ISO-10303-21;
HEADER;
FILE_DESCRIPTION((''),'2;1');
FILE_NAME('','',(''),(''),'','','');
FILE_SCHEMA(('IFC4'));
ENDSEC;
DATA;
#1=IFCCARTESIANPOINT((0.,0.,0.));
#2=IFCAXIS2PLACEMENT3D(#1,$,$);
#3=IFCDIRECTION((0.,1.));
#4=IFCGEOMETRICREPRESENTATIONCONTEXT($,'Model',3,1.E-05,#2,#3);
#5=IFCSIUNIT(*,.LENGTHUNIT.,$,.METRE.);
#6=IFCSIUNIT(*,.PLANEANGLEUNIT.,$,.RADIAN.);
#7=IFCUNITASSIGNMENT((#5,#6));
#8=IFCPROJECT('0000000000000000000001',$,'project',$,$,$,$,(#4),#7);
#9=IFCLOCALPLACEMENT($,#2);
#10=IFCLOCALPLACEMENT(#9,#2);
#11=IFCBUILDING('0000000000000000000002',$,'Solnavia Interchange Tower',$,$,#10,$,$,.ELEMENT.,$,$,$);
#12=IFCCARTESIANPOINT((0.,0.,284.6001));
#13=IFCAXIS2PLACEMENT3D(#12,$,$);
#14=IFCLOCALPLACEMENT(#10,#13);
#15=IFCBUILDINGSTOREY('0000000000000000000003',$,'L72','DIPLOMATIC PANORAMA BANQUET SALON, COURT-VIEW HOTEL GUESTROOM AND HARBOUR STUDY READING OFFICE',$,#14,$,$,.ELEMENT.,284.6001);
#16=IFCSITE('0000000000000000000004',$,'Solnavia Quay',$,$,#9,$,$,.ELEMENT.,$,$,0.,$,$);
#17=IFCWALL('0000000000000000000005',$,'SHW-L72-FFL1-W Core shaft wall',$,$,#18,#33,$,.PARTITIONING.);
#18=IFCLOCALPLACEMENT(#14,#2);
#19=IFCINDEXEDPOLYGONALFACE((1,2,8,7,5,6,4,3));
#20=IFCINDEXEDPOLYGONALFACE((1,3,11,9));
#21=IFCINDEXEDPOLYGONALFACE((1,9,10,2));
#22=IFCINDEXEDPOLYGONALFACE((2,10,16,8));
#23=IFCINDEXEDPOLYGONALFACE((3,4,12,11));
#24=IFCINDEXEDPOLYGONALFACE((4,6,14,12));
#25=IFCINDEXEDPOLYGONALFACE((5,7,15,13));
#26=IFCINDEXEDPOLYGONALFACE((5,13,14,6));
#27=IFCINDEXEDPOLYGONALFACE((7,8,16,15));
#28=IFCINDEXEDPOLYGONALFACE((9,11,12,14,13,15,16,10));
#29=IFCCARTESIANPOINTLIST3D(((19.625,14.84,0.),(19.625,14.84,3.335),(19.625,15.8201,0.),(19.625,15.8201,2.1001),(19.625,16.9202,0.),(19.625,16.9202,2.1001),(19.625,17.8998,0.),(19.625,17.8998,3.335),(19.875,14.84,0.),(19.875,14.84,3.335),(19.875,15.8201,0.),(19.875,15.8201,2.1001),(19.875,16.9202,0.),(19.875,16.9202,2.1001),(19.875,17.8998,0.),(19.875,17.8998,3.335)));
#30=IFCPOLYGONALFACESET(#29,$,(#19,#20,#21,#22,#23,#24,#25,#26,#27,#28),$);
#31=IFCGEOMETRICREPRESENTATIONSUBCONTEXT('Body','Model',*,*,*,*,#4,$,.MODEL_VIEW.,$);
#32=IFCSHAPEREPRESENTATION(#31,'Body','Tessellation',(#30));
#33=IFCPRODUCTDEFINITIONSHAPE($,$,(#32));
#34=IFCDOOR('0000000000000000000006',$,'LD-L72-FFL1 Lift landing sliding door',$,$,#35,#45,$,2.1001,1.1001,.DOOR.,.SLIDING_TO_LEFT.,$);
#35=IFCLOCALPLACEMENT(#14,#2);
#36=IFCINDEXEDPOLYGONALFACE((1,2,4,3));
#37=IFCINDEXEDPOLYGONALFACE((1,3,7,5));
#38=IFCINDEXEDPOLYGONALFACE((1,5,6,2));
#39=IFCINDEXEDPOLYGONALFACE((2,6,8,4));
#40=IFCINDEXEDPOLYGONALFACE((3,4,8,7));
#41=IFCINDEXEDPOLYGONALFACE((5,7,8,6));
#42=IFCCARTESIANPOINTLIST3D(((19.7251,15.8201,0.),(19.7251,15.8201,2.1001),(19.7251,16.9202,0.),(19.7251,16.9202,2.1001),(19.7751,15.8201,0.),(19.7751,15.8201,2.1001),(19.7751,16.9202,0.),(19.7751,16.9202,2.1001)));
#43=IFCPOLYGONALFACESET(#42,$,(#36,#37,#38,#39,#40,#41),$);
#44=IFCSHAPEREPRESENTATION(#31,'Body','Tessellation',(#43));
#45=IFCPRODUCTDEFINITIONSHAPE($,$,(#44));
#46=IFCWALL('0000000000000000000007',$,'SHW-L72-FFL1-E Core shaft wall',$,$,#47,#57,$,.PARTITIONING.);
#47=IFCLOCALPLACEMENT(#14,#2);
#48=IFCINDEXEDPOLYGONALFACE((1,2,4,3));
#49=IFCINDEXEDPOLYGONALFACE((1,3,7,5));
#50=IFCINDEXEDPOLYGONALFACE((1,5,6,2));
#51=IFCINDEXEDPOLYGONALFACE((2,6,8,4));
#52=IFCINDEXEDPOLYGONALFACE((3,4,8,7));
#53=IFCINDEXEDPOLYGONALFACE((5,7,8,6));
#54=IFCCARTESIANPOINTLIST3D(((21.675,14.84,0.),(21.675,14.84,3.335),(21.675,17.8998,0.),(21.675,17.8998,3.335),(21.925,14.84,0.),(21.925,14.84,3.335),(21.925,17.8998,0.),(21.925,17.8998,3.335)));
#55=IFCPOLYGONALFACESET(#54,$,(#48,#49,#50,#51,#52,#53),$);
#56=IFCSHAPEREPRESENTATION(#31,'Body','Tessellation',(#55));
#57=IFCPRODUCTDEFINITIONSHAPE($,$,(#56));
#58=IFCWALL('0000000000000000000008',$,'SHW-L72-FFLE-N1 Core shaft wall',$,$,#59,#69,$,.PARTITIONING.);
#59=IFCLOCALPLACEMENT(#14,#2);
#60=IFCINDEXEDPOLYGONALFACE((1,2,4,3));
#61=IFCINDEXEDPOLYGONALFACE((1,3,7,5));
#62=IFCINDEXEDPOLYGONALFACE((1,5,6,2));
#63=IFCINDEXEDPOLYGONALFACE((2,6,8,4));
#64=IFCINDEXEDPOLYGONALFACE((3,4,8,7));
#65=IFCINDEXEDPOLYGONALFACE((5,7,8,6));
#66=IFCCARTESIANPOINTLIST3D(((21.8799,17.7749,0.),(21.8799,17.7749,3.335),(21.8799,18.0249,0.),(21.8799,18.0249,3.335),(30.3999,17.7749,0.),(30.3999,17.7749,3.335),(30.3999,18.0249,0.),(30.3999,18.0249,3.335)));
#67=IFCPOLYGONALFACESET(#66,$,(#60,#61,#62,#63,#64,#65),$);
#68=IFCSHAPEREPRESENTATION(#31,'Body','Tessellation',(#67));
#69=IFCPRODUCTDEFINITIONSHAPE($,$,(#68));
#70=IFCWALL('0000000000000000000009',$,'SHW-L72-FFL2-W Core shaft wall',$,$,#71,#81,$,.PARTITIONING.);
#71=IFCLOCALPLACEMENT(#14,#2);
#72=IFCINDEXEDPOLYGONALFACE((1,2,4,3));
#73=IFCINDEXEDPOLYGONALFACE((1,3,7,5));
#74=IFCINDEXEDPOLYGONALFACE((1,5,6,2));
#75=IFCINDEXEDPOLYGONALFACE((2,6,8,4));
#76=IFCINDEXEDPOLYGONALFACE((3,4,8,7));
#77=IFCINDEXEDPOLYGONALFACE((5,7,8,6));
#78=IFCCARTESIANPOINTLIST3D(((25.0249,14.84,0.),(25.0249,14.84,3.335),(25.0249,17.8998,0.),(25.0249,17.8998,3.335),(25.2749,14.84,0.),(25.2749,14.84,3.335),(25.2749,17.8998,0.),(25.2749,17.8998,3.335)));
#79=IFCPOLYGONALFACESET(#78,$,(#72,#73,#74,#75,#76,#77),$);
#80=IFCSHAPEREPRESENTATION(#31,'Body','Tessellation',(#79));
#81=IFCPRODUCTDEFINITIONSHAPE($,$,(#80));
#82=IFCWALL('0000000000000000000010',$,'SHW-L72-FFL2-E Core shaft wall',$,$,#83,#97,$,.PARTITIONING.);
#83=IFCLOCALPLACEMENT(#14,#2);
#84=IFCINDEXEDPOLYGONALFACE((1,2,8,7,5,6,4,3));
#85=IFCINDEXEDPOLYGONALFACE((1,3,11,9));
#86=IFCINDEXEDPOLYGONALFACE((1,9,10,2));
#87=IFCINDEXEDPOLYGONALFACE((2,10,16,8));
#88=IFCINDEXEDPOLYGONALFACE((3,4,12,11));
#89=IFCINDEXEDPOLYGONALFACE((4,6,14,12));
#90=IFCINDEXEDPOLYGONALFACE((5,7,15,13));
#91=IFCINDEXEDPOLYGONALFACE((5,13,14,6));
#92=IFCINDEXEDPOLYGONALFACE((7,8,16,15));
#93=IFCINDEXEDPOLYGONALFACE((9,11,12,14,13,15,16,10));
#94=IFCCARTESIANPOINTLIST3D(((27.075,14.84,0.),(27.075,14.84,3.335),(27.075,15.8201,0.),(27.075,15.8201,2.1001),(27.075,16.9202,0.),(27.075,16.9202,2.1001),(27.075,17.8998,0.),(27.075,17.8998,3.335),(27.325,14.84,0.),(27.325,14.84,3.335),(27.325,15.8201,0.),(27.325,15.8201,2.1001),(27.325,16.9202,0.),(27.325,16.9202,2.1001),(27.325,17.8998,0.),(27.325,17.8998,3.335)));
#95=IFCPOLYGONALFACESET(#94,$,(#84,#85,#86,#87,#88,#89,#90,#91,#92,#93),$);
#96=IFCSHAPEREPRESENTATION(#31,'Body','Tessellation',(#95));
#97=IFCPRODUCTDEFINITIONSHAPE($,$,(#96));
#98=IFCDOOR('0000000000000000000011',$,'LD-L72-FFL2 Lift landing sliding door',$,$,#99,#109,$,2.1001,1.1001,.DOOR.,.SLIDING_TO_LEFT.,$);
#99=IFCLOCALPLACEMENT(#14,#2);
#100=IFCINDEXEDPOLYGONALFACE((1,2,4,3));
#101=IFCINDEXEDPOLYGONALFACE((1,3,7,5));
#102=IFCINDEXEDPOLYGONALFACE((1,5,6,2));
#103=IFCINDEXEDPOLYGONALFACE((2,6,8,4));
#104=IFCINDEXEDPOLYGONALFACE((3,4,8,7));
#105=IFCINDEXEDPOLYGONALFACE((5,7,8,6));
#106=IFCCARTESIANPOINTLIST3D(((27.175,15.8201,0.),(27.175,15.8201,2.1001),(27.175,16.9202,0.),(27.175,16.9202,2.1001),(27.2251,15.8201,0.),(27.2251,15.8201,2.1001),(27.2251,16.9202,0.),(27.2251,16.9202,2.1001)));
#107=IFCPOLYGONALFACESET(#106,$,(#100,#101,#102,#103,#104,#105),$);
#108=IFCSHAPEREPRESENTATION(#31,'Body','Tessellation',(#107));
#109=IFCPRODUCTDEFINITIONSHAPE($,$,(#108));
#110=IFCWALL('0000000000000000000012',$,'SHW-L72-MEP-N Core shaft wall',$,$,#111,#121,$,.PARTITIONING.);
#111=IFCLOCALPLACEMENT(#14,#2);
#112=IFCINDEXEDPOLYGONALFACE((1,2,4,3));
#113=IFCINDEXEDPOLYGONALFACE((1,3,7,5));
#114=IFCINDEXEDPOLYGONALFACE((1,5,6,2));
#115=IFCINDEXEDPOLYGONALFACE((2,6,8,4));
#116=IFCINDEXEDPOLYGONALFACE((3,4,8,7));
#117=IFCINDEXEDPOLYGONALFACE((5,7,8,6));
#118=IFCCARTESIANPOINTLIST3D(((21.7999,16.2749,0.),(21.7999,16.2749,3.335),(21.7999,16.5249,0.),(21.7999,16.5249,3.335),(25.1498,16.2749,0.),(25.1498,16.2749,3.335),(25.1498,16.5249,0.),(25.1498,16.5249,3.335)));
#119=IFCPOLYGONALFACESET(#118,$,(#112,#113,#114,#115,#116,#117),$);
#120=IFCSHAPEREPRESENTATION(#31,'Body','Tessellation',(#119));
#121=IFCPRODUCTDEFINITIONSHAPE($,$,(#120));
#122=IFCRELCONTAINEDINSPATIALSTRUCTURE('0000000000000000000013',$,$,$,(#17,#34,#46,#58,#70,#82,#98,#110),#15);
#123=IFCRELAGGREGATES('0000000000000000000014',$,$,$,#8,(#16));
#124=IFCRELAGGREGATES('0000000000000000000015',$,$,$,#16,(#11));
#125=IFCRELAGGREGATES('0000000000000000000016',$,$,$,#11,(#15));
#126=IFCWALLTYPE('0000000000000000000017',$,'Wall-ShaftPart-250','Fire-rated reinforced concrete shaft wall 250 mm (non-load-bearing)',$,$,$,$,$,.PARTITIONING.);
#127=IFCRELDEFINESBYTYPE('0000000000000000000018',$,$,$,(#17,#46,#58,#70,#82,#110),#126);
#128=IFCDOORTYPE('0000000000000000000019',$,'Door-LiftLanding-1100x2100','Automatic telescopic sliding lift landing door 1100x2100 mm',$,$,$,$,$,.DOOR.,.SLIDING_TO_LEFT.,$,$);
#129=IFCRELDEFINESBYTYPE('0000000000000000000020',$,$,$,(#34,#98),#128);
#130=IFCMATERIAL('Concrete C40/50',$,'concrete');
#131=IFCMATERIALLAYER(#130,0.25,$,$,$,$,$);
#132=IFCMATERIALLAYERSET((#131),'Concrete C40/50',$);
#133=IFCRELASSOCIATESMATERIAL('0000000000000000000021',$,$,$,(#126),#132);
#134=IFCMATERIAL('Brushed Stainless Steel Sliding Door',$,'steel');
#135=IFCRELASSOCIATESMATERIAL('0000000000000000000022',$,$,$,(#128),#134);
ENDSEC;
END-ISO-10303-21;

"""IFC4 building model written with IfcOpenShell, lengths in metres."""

from ifc_helpers import new_model, si_unit, direction, frame, frame_2d, origin, place, context, subcontext, project, spatial, rectangle, extrude, material, layer, layer_set, type_object, element, fill, save


model = new_model("IFC4")

# Units and contexts
model_context = context("Model", 3, precision=1e-05, world=origin(), true_north=direction((0.0, 1.0)))
body_context = subcontext(model_context, "Body", "Model", "MODEL_VIEW")
ifc_project = project(units=[si_unit("LENGTHUNIT", "METRE"), si_unit("PLANEANGLEUNIT", "RADIAN")], contexts=[model_context])

# Site, building, storey
site_placement = place(None, origin())
site = spatial("IfcSite", under=ifc_project, at=site_placement, Name="Solnavia Quay", CompositionType="ELEMENT", RefElevation=0.0)
building_placement = place(site_placement, origin())
building = spatial("IfcBuilding", under=site, at=building_placement, Name="Solnavia Interchange Tower", CompositionType="ELEMENT")
storey_placement = place(building_placement, frame((0.0, 0.0, 284.6001)))
storey = spatial("IfcBuildingStorey", under=building, at=storey_placement, Name="L72", Description="DIPLOMATIC PANORAMA BANQUET SALON, COURT-VIEW HOTEL GUESTROOM AND HARBOUR STUDY READING OFFICE", CompositionType="ELEMENT", Elevation=284.6001)

# Shared definitions
ifc_material_1 = material(Name="Concrete C40/50", Category="concrete")

# Wall, opening, door
ifc_layer_1 = layer(ifc_material_1, 0.25)
ifc_layer_set_1 = layer_set([ifc_layer_1], Name="Concrete C40/50")
wall_type_1 = type_object("IfcWallType", Name="Wall-ShaftPart-250", Description="Fire-rated reinforced concrete shaft wall 250 mm (non-load-bearing)", PredefinedType="PARTITIONING", material=ifc_layer_set_1)
wall_1_placement = place(storey_placement, frame((19.75, 14.8401, 0.0), z_axis=(0.0, 0.0, 1.0), x_axis=(0.0, 1.0, 0.0)))
wall_1 = element("IfcWall", 1, at=wall_1_placement, inside=storey, type_object=wall_type_1, Name="SHW-L72-FFL1-W Core shaft wall", PredefinedType="PARTITIONING", context=body_context, shape_type="SweptSolid", body=[
    extrude(rectangle(XDim=3.0598, YDim=0.25, at=frame_2d((1.5298, 0.0))), origin(), (0.0, 0.0, 1.0), 3.335),
])
opening_1_placement = place(wall_1_placement, frame((0.98, 0.0, 0.0)))
opening_1 = element("IfcOpeningElement", 2, at=opening_1_placement, cuts=wall_1, PredefinedType="OPENING", context=body_context, shape_type="SweptSolid", body=[
    extrude(rectangle(XDim=1.1001, YDim=2.1001, at=frame_2d((0.55, 1.05))), frame((0.0, 0.135, 0.0), z_axis=(0.0, -1.0, 0.0), x_axis=(1.0, 0.0, 0.0)), (0.0, 0.0, 1.0), 0.27),
])
ifc_material_2 = material(Name="Brushed Stainless Steel Sliding Door", Category="steel")
door_type_1 = type_object("IfcDoorType", Name="Door-LiftLanding-1100x2100", Description="Automatic telescopic sliding lift landing door 1100x2100 mm", OperationType="SLIDING_TO_LEFT", PredefinedType="DOOR", material=ifc_material_2)
door_1_placement = place(opening_1_placement, origin())
door_1 = element("IfcDoor", 3, at=door_1_placement, inside=storey, type_object=door_type_1, Name="LD-L72-FFL1 Lift landing sliding door", OperationType="SLIDING_TO_LEFT", OverallHeight=2.1001, OverallWidth=1.1001, PredefinedType="DOOR", context=body_context, shape_type="SweptSolid", body=[
    extrude(rectangle(XDim=1.1001, YDim=2.1001, at=frame_2d((0.55, 1.05))), frame((0.0, 0.0249, 0.0), z_axis=(0.0, -1.0, 0.0), x_axis=(1.0, 0.0, 0.0)), (0.0, 0.0, 1.0), 0.05),
])
fill(opening_1, door_1)

# Walls
wall_2_placement = place(storey_placement, frame((21.8, 14.8401, 0.0), z_axis=(0.0, 0.0, 1.0), x_axis=(0.0, 1.0, 0.0)))
element("IfcWall", 4, at=wall_2_placement, inside=storey, type_object=wall_type_1, Name="SHW-L72-FFL1-E Core shaft wall", PredefinedType="PARTITIONING", context=body_context, shape_type="SweptSolid", body=[
    extrude(rectangle(XDim=3.0598, YDim=0.25, at=frame_2d((1.5298, 0.0))), origin(), (0.0, 0.0, 1.0), 3.335),
])
wall_3_placement = place(storey_placement, frame((21.8799, 17.8999, 0.0), z_axis=(0.0, 0.0, 1.0), x_axis=(1.0, 0.0, 0.0)))
element("IfcWall", 5, at=wall_3_placement, inside=storey, type_object=wall_type_1, Name="SHW-L72-FFLE-N1 Core shaft wall", PredefinedType="PARTITIONING", context=body_context, shape_type="SweptSolid", body=[
    extrude(rectangle(XDim=8.52, YDim=0.25, at=frame_2d((4.26, 0.0))), origin(), (0.0, 0.0, 1.0), 3.335),
])
wall_4_placement = place(storey_placement, frame((25.1499, 14.8401, 0.0), z_axis=(0.0, 0.0, 1.0), x_axis=(0.0, 1.0, 0.0)))
element("IfcWall", 6, at=wall_4_placement, inside=storey, type_object=wall_type_1, Name="SHW-L72-FFL2-W Core shaft wall", PredefinedType="PARTITIONING", context=body_context, shape_type="SweptSolid", body=[
    extrude(rectangle(XDim=3.0598, YDim=0.25, at=frame_2d((1.5298, 0.0))), origin(), (0.0, 0.0, 1.0), 3.335),
])

# Wall, opening, door
wall_5_placement = place(storey_placement, frame((27.2, 14.8401, 0.0), z_axis=(0.0, 0.0, 1.0), x_axis=(0.0, 1.0, 0.0)))
wall_5 = element("IfcWall", 7, at=wall_5_placement, inside=storey, type_object=wall_type_1, Name="SHW-L72-FFL2-E Core shaft wall", PredefinedType="PARTITIONING", context=body_context, shape_type="SweptSolid", body=[
    extrude(rectangle(XDim=3.0598, YDim=0.25, at=frame_2d((1.5298, 0.0))), origin(), (0.0, 0.0, 1.0), 3.335),
])
opening_2_placement = place(wall_5_placement, frame((0.98, 0.0, 0.0)))
opening_2 = element("IfcOpeningElement", 8, at=opening_2_placement, cuts=wall_5, PredefinedType="OPENING", context=body_context, shape_type="SweptSolid", body=[
    extrude(rectangle(XDim=1.1001, YDim=2.1001, at=frame_2d((0.55, 1.05))), frame((0.0, 0.135, 0.0), z_axis=(0.0, -1.0, 0.0), x_axis=(1.0, 0.0, 0.0)), (0.0, 0.0, 1.0), 0.27),
])
door_2_placement = place(opening_2_placement, origin())
door_2 = element("IfcDoor", 9, at=door_2_placement, inside=storey, type_object=door_type_1, Name="LD-L72-FFL2 Lift landing sliding door", OperationType="SLIDING_TO_LEFT", OverallHeight=2.1001, OverallWidth=1.1001, PredefinedType="DOOR", context=body_context, shape_type="SweptSolid", body=[
    extrude(rectangle(XDim=1.1001, YDim=2.1001, at=frame_2d((0.55, 1.05))), frame((0.0, 0.0249, 0.0), z_axis=(0.0, -1.0, 0.0), x_axis=(1.0, 0.0, 0.0)), (0.0, 0.0, 1.0), 0.05),
])
fill(opening_2, door_2)

# Wall
wall_6_placement = place(storey_placement, frame((21.8, 16.3999, 0.0), z_axis=(0.0, 0.0, 1.0), x_axis=(1.0, 0.0, 0.0)))
element("IfcWall", 10, at=wall_6_placement, inside=storey, type_object=wall_type_1, Name="SHW-L72-MEP-N Core shaft wall", PredefinedType="PARTITIONING", context=body_context, shape_type="SweptSolid", body=[
    extrude(rectangle(XDim=3.3499, YDim=0.25, at=frame_2d((1.6748, 0.0))), origin(), (0.0, 0.0, 1.0), 3.335),
])

save(model, "model.ifc")
